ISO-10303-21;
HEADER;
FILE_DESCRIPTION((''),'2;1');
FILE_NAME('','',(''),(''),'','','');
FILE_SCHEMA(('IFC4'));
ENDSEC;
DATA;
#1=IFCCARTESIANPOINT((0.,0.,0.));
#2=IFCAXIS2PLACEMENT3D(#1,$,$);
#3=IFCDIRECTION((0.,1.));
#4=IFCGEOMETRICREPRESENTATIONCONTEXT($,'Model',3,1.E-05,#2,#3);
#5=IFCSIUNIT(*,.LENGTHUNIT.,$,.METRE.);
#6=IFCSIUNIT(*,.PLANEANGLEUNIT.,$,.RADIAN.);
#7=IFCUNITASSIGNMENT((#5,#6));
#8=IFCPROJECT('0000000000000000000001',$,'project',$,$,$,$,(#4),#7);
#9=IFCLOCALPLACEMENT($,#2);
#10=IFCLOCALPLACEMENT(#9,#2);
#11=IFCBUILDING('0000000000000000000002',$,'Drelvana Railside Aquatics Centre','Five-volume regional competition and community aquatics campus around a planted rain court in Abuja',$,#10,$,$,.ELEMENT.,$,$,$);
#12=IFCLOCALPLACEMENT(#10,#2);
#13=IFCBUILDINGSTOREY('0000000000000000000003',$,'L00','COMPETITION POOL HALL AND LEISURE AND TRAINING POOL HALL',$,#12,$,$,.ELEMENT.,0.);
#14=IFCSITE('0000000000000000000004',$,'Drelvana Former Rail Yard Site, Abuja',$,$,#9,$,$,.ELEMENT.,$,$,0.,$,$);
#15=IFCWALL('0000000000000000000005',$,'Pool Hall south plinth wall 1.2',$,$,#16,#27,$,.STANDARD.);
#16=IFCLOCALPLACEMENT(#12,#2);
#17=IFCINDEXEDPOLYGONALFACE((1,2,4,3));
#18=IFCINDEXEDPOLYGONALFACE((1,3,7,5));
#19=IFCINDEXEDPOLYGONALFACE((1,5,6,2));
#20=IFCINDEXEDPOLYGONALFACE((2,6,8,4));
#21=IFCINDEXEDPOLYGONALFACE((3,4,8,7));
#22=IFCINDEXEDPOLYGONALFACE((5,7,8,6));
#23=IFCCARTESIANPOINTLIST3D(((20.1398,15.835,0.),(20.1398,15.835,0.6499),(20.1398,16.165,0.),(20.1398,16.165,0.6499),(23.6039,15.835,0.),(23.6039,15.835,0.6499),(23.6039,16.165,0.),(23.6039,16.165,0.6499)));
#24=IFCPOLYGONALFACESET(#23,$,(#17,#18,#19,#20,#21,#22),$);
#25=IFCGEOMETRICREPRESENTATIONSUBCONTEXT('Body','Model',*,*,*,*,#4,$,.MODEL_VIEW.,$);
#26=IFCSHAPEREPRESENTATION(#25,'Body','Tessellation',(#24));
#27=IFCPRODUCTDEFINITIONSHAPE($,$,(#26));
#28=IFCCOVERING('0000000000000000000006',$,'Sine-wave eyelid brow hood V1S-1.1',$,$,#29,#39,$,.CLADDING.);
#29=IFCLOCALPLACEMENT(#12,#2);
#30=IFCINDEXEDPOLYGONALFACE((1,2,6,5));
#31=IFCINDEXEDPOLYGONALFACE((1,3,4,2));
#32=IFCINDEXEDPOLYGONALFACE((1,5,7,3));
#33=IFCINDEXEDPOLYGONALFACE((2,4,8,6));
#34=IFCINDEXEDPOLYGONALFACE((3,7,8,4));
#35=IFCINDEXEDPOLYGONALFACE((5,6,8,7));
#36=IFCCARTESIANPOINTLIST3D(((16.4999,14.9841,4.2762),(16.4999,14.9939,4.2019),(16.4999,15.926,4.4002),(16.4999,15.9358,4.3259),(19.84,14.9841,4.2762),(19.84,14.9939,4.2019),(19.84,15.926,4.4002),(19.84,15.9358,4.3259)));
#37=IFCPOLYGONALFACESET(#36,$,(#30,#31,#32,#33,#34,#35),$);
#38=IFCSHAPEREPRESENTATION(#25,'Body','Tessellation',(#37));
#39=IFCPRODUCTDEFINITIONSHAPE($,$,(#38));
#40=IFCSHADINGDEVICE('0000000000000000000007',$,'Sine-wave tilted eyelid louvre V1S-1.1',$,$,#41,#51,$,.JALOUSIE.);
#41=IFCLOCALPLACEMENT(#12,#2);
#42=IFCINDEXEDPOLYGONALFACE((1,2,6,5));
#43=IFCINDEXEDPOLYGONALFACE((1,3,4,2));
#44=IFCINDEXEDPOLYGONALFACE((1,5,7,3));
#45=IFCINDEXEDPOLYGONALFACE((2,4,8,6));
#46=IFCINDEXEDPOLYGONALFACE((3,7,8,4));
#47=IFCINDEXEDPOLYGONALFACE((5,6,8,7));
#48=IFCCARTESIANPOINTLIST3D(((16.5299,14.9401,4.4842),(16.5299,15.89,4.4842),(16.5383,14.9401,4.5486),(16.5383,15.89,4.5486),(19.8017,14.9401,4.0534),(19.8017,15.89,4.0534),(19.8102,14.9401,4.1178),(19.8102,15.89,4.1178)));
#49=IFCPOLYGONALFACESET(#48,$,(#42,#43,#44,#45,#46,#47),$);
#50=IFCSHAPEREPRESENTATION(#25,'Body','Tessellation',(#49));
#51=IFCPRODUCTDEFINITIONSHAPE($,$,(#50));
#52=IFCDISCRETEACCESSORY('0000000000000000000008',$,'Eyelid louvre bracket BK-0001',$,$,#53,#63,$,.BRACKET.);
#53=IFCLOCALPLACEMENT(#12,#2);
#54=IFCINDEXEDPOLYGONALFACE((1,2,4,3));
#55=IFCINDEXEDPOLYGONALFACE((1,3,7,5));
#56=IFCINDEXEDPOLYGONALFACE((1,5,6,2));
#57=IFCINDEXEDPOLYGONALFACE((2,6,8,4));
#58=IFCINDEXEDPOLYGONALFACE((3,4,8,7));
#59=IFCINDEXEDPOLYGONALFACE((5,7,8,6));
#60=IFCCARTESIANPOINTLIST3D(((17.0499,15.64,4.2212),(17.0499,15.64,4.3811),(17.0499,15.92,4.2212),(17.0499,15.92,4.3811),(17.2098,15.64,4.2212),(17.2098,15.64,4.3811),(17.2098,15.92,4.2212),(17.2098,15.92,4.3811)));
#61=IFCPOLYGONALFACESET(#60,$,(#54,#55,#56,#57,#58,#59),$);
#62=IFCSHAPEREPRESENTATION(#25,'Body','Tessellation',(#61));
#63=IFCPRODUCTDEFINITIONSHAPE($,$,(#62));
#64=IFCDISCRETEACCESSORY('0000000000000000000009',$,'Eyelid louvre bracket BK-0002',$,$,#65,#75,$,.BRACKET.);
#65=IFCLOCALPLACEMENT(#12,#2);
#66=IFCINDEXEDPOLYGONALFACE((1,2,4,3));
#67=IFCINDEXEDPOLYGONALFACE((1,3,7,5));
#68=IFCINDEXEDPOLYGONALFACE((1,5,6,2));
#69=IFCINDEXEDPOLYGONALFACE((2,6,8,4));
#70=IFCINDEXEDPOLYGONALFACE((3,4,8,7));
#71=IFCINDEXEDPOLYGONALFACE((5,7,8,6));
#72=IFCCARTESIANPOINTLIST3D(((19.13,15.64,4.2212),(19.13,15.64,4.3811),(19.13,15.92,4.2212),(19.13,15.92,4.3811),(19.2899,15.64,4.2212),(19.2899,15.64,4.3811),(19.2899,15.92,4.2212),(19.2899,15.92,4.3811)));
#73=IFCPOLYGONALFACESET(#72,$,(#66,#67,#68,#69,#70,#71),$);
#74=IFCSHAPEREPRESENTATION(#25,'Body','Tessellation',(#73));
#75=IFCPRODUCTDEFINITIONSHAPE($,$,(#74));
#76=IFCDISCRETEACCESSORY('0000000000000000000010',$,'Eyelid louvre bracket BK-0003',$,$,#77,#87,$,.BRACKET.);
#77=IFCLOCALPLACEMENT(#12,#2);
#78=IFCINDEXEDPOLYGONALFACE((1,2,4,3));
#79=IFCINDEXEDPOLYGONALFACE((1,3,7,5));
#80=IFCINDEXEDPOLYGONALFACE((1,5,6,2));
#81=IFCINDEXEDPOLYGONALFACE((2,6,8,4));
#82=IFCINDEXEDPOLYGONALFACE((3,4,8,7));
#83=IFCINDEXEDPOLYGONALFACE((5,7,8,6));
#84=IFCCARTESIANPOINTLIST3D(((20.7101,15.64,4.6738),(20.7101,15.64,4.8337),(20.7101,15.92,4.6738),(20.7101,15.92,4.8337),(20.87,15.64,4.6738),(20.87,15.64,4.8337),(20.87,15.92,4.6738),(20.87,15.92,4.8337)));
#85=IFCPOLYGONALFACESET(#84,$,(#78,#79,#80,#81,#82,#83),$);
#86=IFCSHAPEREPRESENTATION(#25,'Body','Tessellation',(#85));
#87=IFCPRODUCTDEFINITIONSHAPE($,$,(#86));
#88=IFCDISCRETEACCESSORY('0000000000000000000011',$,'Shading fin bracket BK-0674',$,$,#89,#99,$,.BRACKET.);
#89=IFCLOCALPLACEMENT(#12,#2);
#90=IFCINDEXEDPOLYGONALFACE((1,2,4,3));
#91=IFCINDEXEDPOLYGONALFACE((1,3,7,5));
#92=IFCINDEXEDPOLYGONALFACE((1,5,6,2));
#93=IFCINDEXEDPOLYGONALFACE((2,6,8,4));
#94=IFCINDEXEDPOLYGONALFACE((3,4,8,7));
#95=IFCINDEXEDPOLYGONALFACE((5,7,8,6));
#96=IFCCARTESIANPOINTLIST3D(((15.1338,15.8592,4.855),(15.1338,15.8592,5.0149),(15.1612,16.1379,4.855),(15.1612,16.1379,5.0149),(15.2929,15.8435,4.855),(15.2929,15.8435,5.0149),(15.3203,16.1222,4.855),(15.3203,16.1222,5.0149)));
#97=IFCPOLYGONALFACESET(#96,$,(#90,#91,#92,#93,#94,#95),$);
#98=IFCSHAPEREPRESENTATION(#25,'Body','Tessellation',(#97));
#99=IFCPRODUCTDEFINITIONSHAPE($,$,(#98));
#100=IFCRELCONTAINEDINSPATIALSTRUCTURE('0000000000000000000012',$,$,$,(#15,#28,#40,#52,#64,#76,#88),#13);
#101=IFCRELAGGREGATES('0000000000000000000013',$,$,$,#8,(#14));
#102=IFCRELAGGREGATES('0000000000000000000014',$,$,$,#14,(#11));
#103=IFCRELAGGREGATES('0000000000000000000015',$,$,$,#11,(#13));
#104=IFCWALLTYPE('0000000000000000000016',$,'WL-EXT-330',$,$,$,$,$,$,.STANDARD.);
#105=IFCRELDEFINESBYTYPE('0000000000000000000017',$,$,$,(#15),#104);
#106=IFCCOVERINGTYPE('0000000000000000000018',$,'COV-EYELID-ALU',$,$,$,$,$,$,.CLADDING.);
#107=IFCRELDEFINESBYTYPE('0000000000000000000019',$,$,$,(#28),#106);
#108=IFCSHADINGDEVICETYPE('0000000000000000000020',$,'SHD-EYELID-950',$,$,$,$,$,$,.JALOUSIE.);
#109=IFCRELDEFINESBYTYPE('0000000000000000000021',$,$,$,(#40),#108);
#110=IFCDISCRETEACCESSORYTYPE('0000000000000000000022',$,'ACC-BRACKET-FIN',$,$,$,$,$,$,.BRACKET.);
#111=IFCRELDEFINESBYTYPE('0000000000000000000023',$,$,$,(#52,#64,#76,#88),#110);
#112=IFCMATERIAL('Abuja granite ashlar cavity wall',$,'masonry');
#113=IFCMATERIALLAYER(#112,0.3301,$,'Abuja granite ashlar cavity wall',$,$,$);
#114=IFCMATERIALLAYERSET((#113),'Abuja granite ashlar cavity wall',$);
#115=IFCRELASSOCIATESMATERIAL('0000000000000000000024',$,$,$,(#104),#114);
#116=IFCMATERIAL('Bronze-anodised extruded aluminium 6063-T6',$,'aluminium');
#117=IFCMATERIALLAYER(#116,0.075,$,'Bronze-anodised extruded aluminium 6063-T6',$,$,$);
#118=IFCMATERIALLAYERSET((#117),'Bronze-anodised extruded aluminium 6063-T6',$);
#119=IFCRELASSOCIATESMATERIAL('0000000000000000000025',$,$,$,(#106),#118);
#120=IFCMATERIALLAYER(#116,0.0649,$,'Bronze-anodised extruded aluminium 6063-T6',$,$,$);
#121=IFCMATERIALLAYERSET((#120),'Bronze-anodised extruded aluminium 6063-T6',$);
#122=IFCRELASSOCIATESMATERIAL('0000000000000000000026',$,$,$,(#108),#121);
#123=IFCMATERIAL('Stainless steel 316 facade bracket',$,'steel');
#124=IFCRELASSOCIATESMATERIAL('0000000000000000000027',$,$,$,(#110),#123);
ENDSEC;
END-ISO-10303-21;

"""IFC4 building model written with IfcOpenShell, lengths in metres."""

from ifc_helpers import new_model, si_unit, direction, frame, frame_2d, origin, origin_2d, place, context, subcontext, project, spatial, rectangle, extrude, material, layer, layer_set, type_object, element, save


model = new_model("IFC4")

# Units and contexts
model_context = context("Model", 3, precision=1e-05, world=origin(), true_north=direction((0.0, 1.0)))
body_context = subcontext(model_context, "Body", "Model", "MODEL_VIEW")
ifc_project = project(units=[si_unit("LENGTHUNIT", "METRE"), si_unit("PLANEANGLEUNIT", "RADIAN")], contexts=[model_context])

# Site, building, storey
site_placement = place(None, origin())
site = spatial("IfcSite", under=ifc_project, at=site_placement, Name="Drelvana Former Rail Yard Site, Abuja", CompositionType="ELEMENT", RefElevation=0.0)
building_placement = place(site_placement, origin())
building = spatial("IfcBuilding", under=site, at=building_placement, Name="Drelvana Railside Aquatics Centre", Description="Five-volume regional competition and community aquatics campus around a planted rain court in Abuja", CompositionType="ELEMENT")
storey_placement = place(building_placement, origin())
storey = spatial("IfcBuildingStorey", under=building, at=storey_placement, Name="L00", Description="COMPETITION POOL HALL AND LEISURE AND TRAINING POOL HALL", CompositionType="ELEMENT", Elevation=0.0)

# Wall
ifc_material_1 = material(Name="Abuja granite ashlar cavity wall", Category="masonry")
ifc_layer_1 = layer(ifc_material_1, 0.3301, Name="Abuja granite ashlar cavity wall")
ifc_layer_set_1 = layer_set([ifc_layer_1], Name="Abuja granite ashlar cavity wall")
wall_type = type_object("IfcWallType", Name="WL-EXT-330", PredefinedType="STANDARD", material=ifc_layer_set_1)
for number, where, z_axis, x_axis, name in (
    (1, (20.1399, 16.0, 0.0), (0.0, 0.0, 1.0), (1.0, 0.0, 0.0), "Pool Hall south plinth wall 1.2"),
):
    element("IfcWall", number, at=place(storey_placement, frame(where, z_axis=z_axis, x_axis=x_axis)), inside=storey, type_object=wall_type, Name=name, PredefinedType="STANDARD", context=body_context, shape_type="SweptSolid", body=[
        extrude(rectangle(XDim=3.4641, YDim=0.3301, at=frame_2d((1.7319, 0.0))), origin(), (0.0, 0.0, 1.0), 0.6499),
    ])

# Covering
ifc_material_2 = material(Name="Bronze-anodised extruded aluminium 6063-T6", Category="aluminium")
ifc_layer_2 = layer(ifc_material_2, 0.075, Name="Bronze-anodised extruded aluminium 6063-T6")
ifc_layer_set_2 = layer_set([ifc_layer_2], Name="Bronze-anodised extruded aluminium 6063-T6")
covering_type = type_object("IfcCoveringType", Name="COV-EYELID-ALU", PredefinedType="CLADDING", material=ifc_layer_set_2)
covering_placement = place(storey_placement, frame((18.1699, 15.4648, 4.2639), z_axis=(0.0, -0.130526, 0.991445), x_axis=(-1.0, 0.0, 0.0)))
element("IfcCovering", 2, at=covering_placement, inside=storey, type_object=covering_type, Name="Sine-wave eyelid brow hood V1S-1.1", PredefinedType="CLADDING", context=body_context, shape_type="SweptSolid", body=[
    extrude(rectangle(XDim=3.3401, YDim=0.95, at=origin_2d()), origin(), (0.0, 0.0, 1.0), 0.075),
])

# Shading device
ifc_layer_3 = layer(ifc_material_2, 0.0649, Name="Bronze-anodised extruded aluminium 6063-T6")
ifc_layer_set_3 = layer_set([ifc_layer_3], Name="Bronze-anodised extruded aluminium 6063-T6")
shading_device_type = type_object("IfcShadingDeviceType", Name="SHD-EYELID-950", PredefinedType="JALOUSIE", material=ifc_layer_set_3)
shading_device_placement = place(storey_placement, frame((18.1658, 15.415, 4.2688), z_axis=(0.130526, 0.0, 0.991445), x_axis=(0.0, -1.0, 0.0)))
element("IfcShadingDevice", 3, at=shading_device_placement, inside=storey, type_object=shading_device_type, Name="Sine-wave tilted eyelid louvre V1S-1.1", PredefinedType="JALOUSIE", context=body_context, shape_type="SweptSolid", body=[
    extrude(rectangle(XDim=0.95, YDim=3.3, at=origin_2d()), origin(), (0.0, 0.0, 1.0), 0.0649),
])

# Discrete accessories
ifc_material_3 = material(Name="Stainless steel 316 facade bracket", Category="steel")
discrete_accessory_type = type_object("IfcDiscreteAccessoryType", Name="ACC-BRACKET-FIN", PredefinedType="BRACKET", material=ifc_material_3)
for number, where, z_axis, x_axis, name in (
    (4, (17.1299, 15.78, 4.2212), (0.0, 0.0, 1.0), (1.0, 0.0, 0.0), "Eyelid louvre bracket BK-0001"),
    (5, (19.21, 15.78, 4.2212), (0.0, 0.0, 1.0), (1.0, 0.0, 0.0), "Eyelid louvre bracket BK-0002"),
    (6, (20.79, 15.78, 4.6738), (0.0, 0.0, 1.0), (1.0, 0.0, 0.0), "Eyelid louvre bracket BK-0003"),
):
    element("IfcDiscreteAccessory", number, at=place(storey_placement, frame(where, z_axis=z_axis, x_axis=x_axis)), inside=storey, type_object=discrete_accessory_type, Name=name, PredefinedType="BRACKET", context=body_context, shape_type="SweptSolid", body=[
        extrude(rectangle(XDim=0.1599, YDim=0.28, at=origin_2d()), origin(), (0.0, 0.0, 1.0), 0.1599),
    ])
discrete_accessory_placement = place(storey_placement, frame((15.2271, 15.9907, 4.855), z_axis=(0.0, 0.0, 1.0), x_axis=(-0.098017, -0.995185, 0.0)))
element("IfcDiscreteAccessory", 7, at=discrete_accessory_placement, inside=storey, type_object=discrete_accessory_type, Name="Shading fin bracket BK-0674", PredefinedType="BRACKET", context=body_context, shape_type="SweptSolid", body=[
    extrude(rectangle(XDim=0.28, YDim=0.1599, at=origin_2d()), origin(), (0.0, 0.0, 1.0), 0.1599),
])

save(model, "model.ifc")
